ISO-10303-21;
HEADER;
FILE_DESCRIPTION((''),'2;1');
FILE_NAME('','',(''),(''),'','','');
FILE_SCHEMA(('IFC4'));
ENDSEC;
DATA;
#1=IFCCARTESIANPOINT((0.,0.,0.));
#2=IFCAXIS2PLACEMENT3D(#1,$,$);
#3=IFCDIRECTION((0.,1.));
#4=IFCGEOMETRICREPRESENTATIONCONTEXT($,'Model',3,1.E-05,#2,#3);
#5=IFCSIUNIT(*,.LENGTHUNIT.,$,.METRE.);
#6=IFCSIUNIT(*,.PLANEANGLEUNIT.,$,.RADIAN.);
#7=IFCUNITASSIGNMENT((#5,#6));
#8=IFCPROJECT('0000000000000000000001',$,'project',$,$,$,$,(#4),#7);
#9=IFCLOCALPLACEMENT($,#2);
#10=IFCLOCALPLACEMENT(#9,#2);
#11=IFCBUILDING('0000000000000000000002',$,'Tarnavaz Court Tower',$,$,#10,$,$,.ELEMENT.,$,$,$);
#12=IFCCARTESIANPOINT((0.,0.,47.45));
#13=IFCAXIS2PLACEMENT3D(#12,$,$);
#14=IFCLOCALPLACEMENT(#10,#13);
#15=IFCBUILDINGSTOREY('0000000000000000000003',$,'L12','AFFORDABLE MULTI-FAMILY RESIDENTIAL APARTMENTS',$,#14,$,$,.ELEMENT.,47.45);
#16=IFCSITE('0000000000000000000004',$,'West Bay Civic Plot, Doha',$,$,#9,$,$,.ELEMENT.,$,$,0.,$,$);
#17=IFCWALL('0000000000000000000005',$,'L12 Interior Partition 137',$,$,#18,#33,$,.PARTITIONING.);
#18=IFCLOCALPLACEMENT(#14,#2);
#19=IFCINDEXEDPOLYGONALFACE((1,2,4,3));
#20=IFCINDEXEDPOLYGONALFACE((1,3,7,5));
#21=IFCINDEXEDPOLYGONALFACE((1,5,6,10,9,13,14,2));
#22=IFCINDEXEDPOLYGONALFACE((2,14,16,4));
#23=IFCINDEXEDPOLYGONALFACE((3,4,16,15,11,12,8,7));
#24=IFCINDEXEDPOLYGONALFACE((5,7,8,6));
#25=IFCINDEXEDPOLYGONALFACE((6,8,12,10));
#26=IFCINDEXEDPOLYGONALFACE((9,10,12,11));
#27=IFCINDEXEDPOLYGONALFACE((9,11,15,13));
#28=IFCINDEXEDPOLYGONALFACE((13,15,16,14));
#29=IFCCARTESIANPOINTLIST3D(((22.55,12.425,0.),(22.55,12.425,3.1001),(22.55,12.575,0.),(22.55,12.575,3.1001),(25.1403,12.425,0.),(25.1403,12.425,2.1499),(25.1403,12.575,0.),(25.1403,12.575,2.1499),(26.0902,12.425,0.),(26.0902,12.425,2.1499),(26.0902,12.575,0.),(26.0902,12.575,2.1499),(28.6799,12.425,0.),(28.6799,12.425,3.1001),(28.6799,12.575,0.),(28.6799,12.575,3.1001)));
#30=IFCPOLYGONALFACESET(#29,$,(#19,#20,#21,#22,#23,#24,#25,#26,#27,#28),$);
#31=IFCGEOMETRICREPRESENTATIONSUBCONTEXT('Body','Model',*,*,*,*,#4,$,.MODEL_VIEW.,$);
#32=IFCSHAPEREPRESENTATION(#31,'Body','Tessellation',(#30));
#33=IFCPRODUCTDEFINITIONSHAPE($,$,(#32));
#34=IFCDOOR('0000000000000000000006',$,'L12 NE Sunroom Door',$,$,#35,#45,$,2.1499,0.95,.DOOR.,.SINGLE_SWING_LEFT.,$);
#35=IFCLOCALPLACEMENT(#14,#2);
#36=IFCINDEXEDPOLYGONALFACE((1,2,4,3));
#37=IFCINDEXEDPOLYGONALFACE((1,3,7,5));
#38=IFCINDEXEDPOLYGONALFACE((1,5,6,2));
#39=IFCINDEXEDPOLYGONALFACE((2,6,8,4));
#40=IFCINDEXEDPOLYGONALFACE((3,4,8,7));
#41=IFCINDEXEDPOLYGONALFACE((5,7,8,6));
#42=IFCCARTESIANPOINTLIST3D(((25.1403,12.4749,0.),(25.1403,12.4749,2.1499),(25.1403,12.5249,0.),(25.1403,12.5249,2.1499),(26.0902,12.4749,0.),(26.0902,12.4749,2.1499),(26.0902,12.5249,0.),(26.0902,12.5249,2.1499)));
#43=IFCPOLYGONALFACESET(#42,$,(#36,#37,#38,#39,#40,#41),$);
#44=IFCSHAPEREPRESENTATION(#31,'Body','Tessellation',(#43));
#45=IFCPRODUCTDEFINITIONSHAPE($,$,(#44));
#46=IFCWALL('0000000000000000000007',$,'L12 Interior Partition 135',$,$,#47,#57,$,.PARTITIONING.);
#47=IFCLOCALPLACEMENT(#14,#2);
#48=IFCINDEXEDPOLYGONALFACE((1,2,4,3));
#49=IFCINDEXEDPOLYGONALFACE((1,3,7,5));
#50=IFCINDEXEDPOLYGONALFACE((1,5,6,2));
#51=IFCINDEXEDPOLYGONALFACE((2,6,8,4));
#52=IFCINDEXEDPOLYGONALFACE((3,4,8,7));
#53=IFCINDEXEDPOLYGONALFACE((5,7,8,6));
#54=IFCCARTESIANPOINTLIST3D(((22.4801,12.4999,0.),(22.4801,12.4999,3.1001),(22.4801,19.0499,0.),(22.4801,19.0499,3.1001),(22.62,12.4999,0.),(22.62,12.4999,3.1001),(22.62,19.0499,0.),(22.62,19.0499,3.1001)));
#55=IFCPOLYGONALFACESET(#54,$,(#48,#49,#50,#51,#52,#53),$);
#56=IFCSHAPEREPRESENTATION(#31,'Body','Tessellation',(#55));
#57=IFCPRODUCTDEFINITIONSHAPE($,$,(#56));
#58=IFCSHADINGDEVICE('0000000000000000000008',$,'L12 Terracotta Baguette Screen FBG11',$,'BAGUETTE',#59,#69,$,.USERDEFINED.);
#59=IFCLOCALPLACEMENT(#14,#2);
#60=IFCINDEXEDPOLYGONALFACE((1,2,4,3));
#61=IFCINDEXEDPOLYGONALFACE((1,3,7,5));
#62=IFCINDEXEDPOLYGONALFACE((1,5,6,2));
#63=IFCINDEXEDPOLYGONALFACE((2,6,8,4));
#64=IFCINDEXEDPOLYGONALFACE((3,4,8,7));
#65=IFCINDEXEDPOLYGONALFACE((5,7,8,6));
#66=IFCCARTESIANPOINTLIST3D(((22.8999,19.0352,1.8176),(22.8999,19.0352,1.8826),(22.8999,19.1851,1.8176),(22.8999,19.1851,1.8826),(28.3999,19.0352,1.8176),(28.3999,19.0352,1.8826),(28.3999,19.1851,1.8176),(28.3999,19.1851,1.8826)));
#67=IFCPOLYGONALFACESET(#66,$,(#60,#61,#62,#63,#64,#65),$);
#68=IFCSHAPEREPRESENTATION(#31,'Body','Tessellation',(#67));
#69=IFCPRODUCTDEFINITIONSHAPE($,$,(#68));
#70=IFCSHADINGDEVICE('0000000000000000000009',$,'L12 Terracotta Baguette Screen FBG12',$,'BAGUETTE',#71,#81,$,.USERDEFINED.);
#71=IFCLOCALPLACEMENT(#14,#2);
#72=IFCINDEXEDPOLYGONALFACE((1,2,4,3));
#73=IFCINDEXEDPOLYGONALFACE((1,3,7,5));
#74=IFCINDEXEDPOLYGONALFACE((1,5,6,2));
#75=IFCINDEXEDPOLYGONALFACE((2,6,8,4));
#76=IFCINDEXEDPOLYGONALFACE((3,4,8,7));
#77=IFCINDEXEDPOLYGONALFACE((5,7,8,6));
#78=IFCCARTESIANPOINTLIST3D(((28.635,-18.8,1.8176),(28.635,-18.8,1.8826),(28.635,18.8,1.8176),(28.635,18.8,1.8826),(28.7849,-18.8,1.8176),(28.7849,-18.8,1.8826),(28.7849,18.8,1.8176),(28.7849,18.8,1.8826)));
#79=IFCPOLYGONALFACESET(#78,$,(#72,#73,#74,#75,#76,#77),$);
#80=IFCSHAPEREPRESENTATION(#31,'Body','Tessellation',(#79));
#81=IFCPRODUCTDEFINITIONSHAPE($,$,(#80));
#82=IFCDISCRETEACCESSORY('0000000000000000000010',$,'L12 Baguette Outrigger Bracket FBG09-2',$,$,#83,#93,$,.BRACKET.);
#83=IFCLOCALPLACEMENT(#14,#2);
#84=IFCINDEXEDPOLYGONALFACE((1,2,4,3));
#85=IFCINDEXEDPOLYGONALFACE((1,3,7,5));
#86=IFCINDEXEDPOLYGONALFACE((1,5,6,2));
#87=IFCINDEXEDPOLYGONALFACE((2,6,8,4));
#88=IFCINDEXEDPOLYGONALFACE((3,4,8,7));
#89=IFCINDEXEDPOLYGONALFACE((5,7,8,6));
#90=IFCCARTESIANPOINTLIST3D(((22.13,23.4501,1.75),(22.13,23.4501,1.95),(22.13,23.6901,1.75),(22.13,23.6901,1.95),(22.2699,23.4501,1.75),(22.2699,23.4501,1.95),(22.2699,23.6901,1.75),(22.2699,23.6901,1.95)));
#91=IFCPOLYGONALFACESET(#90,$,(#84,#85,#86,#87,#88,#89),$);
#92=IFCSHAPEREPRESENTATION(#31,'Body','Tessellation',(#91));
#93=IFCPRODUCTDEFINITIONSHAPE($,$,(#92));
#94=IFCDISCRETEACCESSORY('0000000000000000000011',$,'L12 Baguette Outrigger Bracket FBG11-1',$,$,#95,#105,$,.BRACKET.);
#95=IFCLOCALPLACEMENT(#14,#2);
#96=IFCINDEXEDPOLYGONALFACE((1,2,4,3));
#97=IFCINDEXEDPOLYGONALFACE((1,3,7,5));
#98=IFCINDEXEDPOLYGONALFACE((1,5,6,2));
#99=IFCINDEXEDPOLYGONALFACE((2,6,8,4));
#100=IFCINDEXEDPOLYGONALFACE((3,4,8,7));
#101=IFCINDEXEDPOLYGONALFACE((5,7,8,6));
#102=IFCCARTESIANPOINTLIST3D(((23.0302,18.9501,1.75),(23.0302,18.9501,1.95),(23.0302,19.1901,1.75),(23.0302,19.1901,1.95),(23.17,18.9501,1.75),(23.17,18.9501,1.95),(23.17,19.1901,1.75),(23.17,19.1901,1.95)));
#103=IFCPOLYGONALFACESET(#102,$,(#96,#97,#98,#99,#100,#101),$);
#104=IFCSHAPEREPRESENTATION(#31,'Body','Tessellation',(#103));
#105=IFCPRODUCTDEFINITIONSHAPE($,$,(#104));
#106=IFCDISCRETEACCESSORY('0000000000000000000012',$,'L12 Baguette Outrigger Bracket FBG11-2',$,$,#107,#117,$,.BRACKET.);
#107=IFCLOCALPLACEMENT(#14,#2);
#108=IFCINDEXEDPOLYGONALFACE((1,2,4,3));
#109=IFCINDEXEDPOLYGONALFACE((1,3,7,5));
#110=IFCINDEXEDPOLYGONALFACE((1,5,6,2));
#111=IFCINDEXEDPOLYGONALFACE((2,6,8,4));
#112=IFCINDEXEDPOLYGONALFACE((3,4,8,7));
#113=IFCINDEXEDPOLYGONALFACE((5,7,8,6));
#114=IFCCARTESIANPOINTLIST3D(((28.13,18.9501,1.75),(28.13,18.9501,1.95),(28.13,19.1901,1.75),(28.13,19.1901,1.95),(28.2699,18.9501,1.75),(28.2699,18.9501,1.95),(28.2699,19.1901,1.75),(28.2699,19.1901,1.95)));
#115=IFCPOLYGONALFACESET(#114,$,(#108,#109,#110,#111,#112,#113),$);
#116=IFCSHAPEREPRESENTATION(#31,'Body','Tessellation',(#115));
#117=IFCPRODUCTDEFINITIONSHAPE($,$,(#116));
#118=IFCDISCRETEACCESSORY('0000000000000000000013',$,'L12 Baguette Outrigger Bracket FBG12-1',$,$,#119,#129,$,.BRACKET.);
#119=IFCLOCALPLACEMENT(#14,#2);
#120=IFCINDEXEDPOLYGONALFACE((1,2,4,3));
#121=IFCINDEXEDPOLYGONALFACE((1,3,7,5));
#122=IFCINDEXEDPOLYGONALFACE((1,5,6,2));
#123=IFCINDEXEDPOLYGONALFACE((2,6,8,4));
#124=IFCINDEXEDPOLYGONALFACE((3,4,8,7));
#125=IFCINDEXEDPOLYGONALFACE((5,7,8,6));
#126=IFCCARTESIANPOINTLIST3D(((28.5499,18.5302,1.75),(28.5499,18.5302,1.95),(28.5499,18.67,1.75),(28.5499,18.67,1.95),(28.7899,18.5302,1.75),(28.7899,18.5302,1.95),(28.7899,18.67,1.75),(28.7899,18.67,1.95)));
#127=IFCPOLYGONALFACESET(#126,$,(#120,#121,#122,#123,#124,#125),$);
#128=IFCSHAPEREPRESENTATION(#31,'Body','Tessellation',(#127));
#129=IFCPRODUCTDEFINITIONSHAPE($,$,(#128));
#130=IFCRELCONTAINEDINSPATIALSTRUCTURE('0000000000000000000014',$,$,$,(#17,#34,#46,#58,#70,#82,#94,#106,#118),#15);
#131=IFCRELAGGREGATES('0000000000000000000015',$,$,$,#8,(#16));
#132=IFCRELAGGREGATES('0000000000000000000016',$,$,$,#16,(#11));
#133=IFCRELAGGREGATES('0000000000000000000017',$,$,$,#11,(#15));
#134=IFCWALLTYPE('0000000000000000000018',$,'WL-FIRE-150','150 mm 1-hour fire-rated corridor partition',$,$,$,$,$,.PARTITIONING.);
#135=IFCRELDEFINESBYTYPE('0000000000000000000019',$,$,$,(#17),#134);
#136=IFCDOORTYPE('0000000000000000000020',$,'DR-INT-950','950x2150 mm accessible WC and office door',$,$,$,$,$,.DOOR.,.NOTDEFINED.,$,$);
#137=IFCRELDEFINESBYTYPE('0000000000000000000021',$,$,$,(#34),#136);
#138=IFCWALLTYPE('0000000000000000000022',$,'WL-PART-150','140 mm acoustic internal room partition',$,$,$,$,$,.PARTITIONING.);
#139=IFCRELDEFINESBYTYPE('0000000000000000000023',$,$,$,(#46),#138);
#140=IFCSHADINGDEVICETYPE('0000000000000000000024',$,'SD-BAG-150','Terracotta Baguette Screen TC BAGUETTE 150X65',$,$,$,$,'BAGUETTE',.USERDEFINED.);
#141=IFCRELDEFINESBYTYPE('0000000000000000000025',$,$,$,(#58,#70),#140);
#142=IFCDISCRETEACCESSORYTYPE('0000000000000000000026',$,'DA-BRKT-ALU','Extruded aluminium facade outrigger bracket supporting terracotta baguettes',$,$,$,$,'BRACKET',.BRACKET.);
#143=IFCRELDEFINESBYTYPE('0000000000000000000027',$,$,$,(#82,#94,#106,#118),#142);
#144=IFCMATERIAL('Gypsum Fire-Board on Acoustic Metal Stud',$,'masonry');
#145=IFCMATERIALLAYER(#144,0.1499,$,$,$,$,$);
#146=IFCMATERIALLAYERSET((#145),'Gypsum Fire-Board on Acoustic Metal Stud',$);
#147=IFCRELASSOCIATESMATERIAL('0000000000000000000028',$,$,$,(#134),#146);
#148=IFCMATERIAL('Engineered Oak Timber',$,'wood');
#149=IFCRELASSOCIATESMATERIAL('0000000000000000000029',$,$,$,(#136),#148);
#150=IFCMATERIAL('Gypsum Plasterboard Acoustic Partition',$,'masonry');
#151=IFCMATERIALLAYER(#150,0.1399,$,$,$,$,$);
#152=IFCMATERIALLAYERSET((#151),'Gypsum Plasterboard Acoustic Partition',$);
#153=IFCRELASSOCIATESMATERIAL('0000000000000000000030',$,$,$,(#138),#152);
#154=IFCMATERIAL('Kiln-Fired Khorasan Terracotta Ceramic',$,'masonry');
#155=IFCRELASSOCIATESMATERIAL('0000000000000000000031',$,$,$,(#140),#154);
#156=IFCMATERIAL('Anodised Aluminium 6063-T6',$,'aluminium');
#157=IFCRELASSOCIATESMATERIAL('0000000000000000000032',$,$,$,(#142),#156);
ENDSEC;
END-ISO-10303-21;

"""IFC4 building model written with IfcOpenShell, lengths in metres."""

from ifc_helpers import new_model, si_unit, direction, frame, frame_2d, origin, origin_2d, place, context, subcontext, project, spatial, rectangle, extrude, material, layer, layer_set, material_profile, profile_set, type_object, element, fill, save


model = new_model("IFC4")

# Units and contexts
model_context = context("Model", 3, precision=1e-05, world=origin(), true_north=direction((0.0, 1.0)))
body_context = subcontext(model_context, "Body", "Model", "MODEL_VIEW")
ifc_project = project(units=[si_unit("LENGTHUNIT", "METRE"), si_unit("PLANEANGLEUNIT", "RADIAN")], contexts=[model_context])

# Site, building, storey
site_placement = place(None, origin())
site = spatial("IfcSite", under=ifc_project, at=site_placement, Name="West Bay Civic Plot, Doha", CompositionType="ELEMENT", RefElevation=0.0)
building_placement = place(site_placement, origin())
building = spatial("IfcBuilding", under=site, at=building_placement, Name="Tarnavaz Court Tower", CompositionType="ELEMENT")
storey_placement = place(building_placement, frame((0.0, 0.0, 47.45)))
storey = spatial("IfcBuildingStorey", under=building, at=storey_placement, Name="L12", Description="AFFORDABLE MULTI-FAMILY RESIDENTIAL APARTMENTS", CompositionType="ELEMENT", Elevation=47.45)

# Wall, opening, door
ifc_material_1 = material(Name="Gypsum Fire-Board on Acoustic Metal Stud", Category="masonry")
ifc_layer_1 = layer(ifc_material_1, 0.1499)
ifc_layer_set_1 = layer_set([ifc_layer_1], Name="Gypsum Fire-Board on Acoustic Metal Stud")
wall_type_1 = type_object("IfcWallType", Name="WL-FIRE-150", Description="150 mm 1-hour fire-rated corridor partition", PredefinedType="PARTITIONING", material=ifc_layer_set_1)
wall_1_placement = place(storey_placement, frame((22.55, 12.5, 0.0), z_axis=(0.0, 0.0, 1.0), x_axis=(1.0, 0.0, 0.0)))
wall_1 = element("IfcWall", 1, at=wall_1_placement, inside=storey, type_object=wall_type_1, Name="L12 Interior Partition 137", PredefinedType="PARTITIONING", context=body_context, shape_type="SweptSolid", body=[
    extrude(rectangle(XDim=6.1299, YDim=0.1499, at=frame_2d((3.0649, 0.0))), origin(), (0.0, 0.0, 1.0), 3.1001),
])
opening_1_placement = place(wall_1_placement, frame((2.5901, 0.0, 0.0)))
opening_1 = element("IfcOpeningElement", 2, at=opening_1_placement, cuts=wall_1, PredefinedType="OPENING", context=body_context, shape_type="SweptSolid", body=[
    extrude(rectangle(XDim=0.95, YDim=2.1499, at=frame_2d((0.4751, 1.075))), frame((0.0, 0.085, 0.0), z_axis=(0.0, -1.0, 0.0), x_axis=(1.0, 0.0, 0.0)), (0.0, 0.0, 1.0), 0.1699),
])
ifc_material_2 = material(Name="Engineered Oak Timber", Category="wood")
door_type = type_object("IfcDoorType", Name="DR-INT-950", Description="950x2150 mm accessible WC and office door", OperationType="NOTDEFINED", PredefinedType="DOOR", material=ifc_material_2)
door_placement = place(opening_1_placement, origin())
door = element("IfcDoor", 3, at=door_placement, inside=storey, type_object=door_type, Name="L12 NE Sunroom Door", OperationType="SINGLE_SWING_LEFT", OverallHeight=2.1499, OverallWidth=0.95, PredefinedType="DOOR", context=body_context, shape_type="SweptSolid", body=[
    extrude(rectangle(XDim=0.95, YDim=2.1499, at=frame_2d((0.4751, 1.075))), frame((0.0, 0.0249, 0.0), z_axis=(0.0, -1.0, 0.0), x_axis=(1.0, 0.0, 0.0)), (0.0, 0.0, 1.0), 0.05),
])
fill(opening_1, door)

# Wall
ifc_material_3 = material(Name="Gypsum Plasterboard Acoustic Partition", Category="masonry")
ifc_layer_2 = layer(ifc_material_3, 0.1399)
ifc_layer_set_2 = layer_set([ifc_layer_2], Name="Gypsum Plasterboard Acoustic Partition")
wall_type_2 = type_object("IfcWallType", Name="WL-PART-150", Description="140 mm acoustic internal room partition", PredefinedType="PARTITIONING", material=ifc_layer_set_2)
wall_2_placement = place(storey_placement, frame((22.55, 12.5, 0.0), z_axis=(0.0, 0.0, 1.0), x_axis=(0.0, 1.0, 0.0)))
element("IfcWall", 4, at=wall_2_placement, inside=storey, type_object=wall_type_2, Name="L12 Interior Partition 135", PredefinedType="PARTITIONING", context=body_context, shape_type="SweptSolid", body=[
    extrude(rectangle(XDim=6.55, YDim=0.1399, at=frame_2d((3.2749, 0.0))), origin(), (0.0, 0.0, 1.0), 3.1001),
])

# Shading devices
ifc_material_4 = material(Name="Kiln-Fired Khorasan Terracotta Ceramic", Category="masonry")
ifc_material_profile_1 = material_profile(ifc_material_4, rectangle(XDim=0.1499, YDim=0.0649, at=origin_2d()), Name="TC BAGUETTE 150X65")
ifc_profile_set_1 = profile_set([ifc_material_profile_1], Name="Kiln-Fired Khorasan Terracotta Ceramic")
shading_device_type = type_object("IfcShadingDeviceType", Name="SD-BAG-150", Description="Terracotta Baguette Screen TC BAGUETTE 150X65", ElementType="BAGUETTE", PredefinedType="USERDEFINED", material=ifc_profile_set_1)
shading_device_1_placement = place(storey_placement, frame((22.8999, 19.1101, 1.8501), z_axis=(1.0, 0.0, 0.0), x_axis=(0.0, 1.0, 0.0)))
element("IfcShadingDevice", 5, at=shading_device_1_placement, inside=storey, type_object=shading_device_type, Name="L12 Terracotta Baguette Screen FBG11", ObjectType="BAGUETTE", PredefinedType="USERDEFINED", context=body_context, shape_type="SweptSolid", body=[
    extrude(rectangle(XDim=0.1499, YDim=0.0649, at=origin_2d()), origin(), (0.0, 0.0, 1.0), 5.5),
])
shading_device_2_placement = place(storey_placement, frame((28.71, 18.8, 1.8501), z_axis=(0.0, -1.0, 0.0), x_axis=(1.0, 0.0, 0.0)))
element("IfcShadingDevice", 6, at=shading_device_2_placement, inside=storey, type_object=shading_device_type, Name="L12 Terracotta Baguette Screen FBG12", ObjectType="BAGUETTE", PredefinedType="USERDEFINED", context=body_context, shape_type="SweptSolid", body=[
    extrude(rectangle(XDim=0.1499, YDim=0.0649, at=origin_2d()), origin(), (0.0, 0.0, 1.0), 37.6001),
])

# Discrete accessories
ifc_material_5 = material(Name="Anodised Aluminium 6063-T6", Category="aluminium")
discrete_accessory_type = type_object("IfcDiscreteAccessoryType", Name="DA-BRKT-ALU", Description="Extruded aluminium facade outrigger bracket supporting terracotta baguettes", ElementType="BRACKET", PredefinedType="BRACKET", material=ifc_material_5)
for number, where, z_axis, x_axis, name in (
    (7, (22.2, 23.5701, 1.75), (0.0, 0.0, 1.0), (1.0, 0.0, 0.0), "L12 Baguette Outrigger Bracket FBG09-2"),
    (8, (23.1001, 19.0701, 1.75), (0.0, 0.0, 1.0), (1.0, 0.0, 0.0), "L12 Baguette Outrigger Bracket FBG11-1"),
    (9, (28.2, 19.0701, 1.75), (0.0, 0.0, 1.0), (1.0, 0.0, 0.0), "L12 Baguette Outrigger Bracket FBG11-2"),
    (10, (28.6699, 18.6001, 1.75), (0.0, 0.0, 1.0), (0.0, -1.0, 0.0), "L12 Baguette Outrigger Bracket FBG12-1"),
):
    element("IfcDiscreteAccessory", number, at=place(storey_placement, frame(where, z_axis=z_axis, x_axis=x_axis)), inside=storey, type_object=discrete_accessory_type, Name=name, PredefinedType="BRACKET", context=body_context, shape_type="SweptSolid", body=[
        extrude(rectangle(XDim=0.1399, YDim=0.24, at=origin_2d()), origin(), (0.0, 0.0, 1.0), 0.2),
    ])

save(model, "model.ifc")
